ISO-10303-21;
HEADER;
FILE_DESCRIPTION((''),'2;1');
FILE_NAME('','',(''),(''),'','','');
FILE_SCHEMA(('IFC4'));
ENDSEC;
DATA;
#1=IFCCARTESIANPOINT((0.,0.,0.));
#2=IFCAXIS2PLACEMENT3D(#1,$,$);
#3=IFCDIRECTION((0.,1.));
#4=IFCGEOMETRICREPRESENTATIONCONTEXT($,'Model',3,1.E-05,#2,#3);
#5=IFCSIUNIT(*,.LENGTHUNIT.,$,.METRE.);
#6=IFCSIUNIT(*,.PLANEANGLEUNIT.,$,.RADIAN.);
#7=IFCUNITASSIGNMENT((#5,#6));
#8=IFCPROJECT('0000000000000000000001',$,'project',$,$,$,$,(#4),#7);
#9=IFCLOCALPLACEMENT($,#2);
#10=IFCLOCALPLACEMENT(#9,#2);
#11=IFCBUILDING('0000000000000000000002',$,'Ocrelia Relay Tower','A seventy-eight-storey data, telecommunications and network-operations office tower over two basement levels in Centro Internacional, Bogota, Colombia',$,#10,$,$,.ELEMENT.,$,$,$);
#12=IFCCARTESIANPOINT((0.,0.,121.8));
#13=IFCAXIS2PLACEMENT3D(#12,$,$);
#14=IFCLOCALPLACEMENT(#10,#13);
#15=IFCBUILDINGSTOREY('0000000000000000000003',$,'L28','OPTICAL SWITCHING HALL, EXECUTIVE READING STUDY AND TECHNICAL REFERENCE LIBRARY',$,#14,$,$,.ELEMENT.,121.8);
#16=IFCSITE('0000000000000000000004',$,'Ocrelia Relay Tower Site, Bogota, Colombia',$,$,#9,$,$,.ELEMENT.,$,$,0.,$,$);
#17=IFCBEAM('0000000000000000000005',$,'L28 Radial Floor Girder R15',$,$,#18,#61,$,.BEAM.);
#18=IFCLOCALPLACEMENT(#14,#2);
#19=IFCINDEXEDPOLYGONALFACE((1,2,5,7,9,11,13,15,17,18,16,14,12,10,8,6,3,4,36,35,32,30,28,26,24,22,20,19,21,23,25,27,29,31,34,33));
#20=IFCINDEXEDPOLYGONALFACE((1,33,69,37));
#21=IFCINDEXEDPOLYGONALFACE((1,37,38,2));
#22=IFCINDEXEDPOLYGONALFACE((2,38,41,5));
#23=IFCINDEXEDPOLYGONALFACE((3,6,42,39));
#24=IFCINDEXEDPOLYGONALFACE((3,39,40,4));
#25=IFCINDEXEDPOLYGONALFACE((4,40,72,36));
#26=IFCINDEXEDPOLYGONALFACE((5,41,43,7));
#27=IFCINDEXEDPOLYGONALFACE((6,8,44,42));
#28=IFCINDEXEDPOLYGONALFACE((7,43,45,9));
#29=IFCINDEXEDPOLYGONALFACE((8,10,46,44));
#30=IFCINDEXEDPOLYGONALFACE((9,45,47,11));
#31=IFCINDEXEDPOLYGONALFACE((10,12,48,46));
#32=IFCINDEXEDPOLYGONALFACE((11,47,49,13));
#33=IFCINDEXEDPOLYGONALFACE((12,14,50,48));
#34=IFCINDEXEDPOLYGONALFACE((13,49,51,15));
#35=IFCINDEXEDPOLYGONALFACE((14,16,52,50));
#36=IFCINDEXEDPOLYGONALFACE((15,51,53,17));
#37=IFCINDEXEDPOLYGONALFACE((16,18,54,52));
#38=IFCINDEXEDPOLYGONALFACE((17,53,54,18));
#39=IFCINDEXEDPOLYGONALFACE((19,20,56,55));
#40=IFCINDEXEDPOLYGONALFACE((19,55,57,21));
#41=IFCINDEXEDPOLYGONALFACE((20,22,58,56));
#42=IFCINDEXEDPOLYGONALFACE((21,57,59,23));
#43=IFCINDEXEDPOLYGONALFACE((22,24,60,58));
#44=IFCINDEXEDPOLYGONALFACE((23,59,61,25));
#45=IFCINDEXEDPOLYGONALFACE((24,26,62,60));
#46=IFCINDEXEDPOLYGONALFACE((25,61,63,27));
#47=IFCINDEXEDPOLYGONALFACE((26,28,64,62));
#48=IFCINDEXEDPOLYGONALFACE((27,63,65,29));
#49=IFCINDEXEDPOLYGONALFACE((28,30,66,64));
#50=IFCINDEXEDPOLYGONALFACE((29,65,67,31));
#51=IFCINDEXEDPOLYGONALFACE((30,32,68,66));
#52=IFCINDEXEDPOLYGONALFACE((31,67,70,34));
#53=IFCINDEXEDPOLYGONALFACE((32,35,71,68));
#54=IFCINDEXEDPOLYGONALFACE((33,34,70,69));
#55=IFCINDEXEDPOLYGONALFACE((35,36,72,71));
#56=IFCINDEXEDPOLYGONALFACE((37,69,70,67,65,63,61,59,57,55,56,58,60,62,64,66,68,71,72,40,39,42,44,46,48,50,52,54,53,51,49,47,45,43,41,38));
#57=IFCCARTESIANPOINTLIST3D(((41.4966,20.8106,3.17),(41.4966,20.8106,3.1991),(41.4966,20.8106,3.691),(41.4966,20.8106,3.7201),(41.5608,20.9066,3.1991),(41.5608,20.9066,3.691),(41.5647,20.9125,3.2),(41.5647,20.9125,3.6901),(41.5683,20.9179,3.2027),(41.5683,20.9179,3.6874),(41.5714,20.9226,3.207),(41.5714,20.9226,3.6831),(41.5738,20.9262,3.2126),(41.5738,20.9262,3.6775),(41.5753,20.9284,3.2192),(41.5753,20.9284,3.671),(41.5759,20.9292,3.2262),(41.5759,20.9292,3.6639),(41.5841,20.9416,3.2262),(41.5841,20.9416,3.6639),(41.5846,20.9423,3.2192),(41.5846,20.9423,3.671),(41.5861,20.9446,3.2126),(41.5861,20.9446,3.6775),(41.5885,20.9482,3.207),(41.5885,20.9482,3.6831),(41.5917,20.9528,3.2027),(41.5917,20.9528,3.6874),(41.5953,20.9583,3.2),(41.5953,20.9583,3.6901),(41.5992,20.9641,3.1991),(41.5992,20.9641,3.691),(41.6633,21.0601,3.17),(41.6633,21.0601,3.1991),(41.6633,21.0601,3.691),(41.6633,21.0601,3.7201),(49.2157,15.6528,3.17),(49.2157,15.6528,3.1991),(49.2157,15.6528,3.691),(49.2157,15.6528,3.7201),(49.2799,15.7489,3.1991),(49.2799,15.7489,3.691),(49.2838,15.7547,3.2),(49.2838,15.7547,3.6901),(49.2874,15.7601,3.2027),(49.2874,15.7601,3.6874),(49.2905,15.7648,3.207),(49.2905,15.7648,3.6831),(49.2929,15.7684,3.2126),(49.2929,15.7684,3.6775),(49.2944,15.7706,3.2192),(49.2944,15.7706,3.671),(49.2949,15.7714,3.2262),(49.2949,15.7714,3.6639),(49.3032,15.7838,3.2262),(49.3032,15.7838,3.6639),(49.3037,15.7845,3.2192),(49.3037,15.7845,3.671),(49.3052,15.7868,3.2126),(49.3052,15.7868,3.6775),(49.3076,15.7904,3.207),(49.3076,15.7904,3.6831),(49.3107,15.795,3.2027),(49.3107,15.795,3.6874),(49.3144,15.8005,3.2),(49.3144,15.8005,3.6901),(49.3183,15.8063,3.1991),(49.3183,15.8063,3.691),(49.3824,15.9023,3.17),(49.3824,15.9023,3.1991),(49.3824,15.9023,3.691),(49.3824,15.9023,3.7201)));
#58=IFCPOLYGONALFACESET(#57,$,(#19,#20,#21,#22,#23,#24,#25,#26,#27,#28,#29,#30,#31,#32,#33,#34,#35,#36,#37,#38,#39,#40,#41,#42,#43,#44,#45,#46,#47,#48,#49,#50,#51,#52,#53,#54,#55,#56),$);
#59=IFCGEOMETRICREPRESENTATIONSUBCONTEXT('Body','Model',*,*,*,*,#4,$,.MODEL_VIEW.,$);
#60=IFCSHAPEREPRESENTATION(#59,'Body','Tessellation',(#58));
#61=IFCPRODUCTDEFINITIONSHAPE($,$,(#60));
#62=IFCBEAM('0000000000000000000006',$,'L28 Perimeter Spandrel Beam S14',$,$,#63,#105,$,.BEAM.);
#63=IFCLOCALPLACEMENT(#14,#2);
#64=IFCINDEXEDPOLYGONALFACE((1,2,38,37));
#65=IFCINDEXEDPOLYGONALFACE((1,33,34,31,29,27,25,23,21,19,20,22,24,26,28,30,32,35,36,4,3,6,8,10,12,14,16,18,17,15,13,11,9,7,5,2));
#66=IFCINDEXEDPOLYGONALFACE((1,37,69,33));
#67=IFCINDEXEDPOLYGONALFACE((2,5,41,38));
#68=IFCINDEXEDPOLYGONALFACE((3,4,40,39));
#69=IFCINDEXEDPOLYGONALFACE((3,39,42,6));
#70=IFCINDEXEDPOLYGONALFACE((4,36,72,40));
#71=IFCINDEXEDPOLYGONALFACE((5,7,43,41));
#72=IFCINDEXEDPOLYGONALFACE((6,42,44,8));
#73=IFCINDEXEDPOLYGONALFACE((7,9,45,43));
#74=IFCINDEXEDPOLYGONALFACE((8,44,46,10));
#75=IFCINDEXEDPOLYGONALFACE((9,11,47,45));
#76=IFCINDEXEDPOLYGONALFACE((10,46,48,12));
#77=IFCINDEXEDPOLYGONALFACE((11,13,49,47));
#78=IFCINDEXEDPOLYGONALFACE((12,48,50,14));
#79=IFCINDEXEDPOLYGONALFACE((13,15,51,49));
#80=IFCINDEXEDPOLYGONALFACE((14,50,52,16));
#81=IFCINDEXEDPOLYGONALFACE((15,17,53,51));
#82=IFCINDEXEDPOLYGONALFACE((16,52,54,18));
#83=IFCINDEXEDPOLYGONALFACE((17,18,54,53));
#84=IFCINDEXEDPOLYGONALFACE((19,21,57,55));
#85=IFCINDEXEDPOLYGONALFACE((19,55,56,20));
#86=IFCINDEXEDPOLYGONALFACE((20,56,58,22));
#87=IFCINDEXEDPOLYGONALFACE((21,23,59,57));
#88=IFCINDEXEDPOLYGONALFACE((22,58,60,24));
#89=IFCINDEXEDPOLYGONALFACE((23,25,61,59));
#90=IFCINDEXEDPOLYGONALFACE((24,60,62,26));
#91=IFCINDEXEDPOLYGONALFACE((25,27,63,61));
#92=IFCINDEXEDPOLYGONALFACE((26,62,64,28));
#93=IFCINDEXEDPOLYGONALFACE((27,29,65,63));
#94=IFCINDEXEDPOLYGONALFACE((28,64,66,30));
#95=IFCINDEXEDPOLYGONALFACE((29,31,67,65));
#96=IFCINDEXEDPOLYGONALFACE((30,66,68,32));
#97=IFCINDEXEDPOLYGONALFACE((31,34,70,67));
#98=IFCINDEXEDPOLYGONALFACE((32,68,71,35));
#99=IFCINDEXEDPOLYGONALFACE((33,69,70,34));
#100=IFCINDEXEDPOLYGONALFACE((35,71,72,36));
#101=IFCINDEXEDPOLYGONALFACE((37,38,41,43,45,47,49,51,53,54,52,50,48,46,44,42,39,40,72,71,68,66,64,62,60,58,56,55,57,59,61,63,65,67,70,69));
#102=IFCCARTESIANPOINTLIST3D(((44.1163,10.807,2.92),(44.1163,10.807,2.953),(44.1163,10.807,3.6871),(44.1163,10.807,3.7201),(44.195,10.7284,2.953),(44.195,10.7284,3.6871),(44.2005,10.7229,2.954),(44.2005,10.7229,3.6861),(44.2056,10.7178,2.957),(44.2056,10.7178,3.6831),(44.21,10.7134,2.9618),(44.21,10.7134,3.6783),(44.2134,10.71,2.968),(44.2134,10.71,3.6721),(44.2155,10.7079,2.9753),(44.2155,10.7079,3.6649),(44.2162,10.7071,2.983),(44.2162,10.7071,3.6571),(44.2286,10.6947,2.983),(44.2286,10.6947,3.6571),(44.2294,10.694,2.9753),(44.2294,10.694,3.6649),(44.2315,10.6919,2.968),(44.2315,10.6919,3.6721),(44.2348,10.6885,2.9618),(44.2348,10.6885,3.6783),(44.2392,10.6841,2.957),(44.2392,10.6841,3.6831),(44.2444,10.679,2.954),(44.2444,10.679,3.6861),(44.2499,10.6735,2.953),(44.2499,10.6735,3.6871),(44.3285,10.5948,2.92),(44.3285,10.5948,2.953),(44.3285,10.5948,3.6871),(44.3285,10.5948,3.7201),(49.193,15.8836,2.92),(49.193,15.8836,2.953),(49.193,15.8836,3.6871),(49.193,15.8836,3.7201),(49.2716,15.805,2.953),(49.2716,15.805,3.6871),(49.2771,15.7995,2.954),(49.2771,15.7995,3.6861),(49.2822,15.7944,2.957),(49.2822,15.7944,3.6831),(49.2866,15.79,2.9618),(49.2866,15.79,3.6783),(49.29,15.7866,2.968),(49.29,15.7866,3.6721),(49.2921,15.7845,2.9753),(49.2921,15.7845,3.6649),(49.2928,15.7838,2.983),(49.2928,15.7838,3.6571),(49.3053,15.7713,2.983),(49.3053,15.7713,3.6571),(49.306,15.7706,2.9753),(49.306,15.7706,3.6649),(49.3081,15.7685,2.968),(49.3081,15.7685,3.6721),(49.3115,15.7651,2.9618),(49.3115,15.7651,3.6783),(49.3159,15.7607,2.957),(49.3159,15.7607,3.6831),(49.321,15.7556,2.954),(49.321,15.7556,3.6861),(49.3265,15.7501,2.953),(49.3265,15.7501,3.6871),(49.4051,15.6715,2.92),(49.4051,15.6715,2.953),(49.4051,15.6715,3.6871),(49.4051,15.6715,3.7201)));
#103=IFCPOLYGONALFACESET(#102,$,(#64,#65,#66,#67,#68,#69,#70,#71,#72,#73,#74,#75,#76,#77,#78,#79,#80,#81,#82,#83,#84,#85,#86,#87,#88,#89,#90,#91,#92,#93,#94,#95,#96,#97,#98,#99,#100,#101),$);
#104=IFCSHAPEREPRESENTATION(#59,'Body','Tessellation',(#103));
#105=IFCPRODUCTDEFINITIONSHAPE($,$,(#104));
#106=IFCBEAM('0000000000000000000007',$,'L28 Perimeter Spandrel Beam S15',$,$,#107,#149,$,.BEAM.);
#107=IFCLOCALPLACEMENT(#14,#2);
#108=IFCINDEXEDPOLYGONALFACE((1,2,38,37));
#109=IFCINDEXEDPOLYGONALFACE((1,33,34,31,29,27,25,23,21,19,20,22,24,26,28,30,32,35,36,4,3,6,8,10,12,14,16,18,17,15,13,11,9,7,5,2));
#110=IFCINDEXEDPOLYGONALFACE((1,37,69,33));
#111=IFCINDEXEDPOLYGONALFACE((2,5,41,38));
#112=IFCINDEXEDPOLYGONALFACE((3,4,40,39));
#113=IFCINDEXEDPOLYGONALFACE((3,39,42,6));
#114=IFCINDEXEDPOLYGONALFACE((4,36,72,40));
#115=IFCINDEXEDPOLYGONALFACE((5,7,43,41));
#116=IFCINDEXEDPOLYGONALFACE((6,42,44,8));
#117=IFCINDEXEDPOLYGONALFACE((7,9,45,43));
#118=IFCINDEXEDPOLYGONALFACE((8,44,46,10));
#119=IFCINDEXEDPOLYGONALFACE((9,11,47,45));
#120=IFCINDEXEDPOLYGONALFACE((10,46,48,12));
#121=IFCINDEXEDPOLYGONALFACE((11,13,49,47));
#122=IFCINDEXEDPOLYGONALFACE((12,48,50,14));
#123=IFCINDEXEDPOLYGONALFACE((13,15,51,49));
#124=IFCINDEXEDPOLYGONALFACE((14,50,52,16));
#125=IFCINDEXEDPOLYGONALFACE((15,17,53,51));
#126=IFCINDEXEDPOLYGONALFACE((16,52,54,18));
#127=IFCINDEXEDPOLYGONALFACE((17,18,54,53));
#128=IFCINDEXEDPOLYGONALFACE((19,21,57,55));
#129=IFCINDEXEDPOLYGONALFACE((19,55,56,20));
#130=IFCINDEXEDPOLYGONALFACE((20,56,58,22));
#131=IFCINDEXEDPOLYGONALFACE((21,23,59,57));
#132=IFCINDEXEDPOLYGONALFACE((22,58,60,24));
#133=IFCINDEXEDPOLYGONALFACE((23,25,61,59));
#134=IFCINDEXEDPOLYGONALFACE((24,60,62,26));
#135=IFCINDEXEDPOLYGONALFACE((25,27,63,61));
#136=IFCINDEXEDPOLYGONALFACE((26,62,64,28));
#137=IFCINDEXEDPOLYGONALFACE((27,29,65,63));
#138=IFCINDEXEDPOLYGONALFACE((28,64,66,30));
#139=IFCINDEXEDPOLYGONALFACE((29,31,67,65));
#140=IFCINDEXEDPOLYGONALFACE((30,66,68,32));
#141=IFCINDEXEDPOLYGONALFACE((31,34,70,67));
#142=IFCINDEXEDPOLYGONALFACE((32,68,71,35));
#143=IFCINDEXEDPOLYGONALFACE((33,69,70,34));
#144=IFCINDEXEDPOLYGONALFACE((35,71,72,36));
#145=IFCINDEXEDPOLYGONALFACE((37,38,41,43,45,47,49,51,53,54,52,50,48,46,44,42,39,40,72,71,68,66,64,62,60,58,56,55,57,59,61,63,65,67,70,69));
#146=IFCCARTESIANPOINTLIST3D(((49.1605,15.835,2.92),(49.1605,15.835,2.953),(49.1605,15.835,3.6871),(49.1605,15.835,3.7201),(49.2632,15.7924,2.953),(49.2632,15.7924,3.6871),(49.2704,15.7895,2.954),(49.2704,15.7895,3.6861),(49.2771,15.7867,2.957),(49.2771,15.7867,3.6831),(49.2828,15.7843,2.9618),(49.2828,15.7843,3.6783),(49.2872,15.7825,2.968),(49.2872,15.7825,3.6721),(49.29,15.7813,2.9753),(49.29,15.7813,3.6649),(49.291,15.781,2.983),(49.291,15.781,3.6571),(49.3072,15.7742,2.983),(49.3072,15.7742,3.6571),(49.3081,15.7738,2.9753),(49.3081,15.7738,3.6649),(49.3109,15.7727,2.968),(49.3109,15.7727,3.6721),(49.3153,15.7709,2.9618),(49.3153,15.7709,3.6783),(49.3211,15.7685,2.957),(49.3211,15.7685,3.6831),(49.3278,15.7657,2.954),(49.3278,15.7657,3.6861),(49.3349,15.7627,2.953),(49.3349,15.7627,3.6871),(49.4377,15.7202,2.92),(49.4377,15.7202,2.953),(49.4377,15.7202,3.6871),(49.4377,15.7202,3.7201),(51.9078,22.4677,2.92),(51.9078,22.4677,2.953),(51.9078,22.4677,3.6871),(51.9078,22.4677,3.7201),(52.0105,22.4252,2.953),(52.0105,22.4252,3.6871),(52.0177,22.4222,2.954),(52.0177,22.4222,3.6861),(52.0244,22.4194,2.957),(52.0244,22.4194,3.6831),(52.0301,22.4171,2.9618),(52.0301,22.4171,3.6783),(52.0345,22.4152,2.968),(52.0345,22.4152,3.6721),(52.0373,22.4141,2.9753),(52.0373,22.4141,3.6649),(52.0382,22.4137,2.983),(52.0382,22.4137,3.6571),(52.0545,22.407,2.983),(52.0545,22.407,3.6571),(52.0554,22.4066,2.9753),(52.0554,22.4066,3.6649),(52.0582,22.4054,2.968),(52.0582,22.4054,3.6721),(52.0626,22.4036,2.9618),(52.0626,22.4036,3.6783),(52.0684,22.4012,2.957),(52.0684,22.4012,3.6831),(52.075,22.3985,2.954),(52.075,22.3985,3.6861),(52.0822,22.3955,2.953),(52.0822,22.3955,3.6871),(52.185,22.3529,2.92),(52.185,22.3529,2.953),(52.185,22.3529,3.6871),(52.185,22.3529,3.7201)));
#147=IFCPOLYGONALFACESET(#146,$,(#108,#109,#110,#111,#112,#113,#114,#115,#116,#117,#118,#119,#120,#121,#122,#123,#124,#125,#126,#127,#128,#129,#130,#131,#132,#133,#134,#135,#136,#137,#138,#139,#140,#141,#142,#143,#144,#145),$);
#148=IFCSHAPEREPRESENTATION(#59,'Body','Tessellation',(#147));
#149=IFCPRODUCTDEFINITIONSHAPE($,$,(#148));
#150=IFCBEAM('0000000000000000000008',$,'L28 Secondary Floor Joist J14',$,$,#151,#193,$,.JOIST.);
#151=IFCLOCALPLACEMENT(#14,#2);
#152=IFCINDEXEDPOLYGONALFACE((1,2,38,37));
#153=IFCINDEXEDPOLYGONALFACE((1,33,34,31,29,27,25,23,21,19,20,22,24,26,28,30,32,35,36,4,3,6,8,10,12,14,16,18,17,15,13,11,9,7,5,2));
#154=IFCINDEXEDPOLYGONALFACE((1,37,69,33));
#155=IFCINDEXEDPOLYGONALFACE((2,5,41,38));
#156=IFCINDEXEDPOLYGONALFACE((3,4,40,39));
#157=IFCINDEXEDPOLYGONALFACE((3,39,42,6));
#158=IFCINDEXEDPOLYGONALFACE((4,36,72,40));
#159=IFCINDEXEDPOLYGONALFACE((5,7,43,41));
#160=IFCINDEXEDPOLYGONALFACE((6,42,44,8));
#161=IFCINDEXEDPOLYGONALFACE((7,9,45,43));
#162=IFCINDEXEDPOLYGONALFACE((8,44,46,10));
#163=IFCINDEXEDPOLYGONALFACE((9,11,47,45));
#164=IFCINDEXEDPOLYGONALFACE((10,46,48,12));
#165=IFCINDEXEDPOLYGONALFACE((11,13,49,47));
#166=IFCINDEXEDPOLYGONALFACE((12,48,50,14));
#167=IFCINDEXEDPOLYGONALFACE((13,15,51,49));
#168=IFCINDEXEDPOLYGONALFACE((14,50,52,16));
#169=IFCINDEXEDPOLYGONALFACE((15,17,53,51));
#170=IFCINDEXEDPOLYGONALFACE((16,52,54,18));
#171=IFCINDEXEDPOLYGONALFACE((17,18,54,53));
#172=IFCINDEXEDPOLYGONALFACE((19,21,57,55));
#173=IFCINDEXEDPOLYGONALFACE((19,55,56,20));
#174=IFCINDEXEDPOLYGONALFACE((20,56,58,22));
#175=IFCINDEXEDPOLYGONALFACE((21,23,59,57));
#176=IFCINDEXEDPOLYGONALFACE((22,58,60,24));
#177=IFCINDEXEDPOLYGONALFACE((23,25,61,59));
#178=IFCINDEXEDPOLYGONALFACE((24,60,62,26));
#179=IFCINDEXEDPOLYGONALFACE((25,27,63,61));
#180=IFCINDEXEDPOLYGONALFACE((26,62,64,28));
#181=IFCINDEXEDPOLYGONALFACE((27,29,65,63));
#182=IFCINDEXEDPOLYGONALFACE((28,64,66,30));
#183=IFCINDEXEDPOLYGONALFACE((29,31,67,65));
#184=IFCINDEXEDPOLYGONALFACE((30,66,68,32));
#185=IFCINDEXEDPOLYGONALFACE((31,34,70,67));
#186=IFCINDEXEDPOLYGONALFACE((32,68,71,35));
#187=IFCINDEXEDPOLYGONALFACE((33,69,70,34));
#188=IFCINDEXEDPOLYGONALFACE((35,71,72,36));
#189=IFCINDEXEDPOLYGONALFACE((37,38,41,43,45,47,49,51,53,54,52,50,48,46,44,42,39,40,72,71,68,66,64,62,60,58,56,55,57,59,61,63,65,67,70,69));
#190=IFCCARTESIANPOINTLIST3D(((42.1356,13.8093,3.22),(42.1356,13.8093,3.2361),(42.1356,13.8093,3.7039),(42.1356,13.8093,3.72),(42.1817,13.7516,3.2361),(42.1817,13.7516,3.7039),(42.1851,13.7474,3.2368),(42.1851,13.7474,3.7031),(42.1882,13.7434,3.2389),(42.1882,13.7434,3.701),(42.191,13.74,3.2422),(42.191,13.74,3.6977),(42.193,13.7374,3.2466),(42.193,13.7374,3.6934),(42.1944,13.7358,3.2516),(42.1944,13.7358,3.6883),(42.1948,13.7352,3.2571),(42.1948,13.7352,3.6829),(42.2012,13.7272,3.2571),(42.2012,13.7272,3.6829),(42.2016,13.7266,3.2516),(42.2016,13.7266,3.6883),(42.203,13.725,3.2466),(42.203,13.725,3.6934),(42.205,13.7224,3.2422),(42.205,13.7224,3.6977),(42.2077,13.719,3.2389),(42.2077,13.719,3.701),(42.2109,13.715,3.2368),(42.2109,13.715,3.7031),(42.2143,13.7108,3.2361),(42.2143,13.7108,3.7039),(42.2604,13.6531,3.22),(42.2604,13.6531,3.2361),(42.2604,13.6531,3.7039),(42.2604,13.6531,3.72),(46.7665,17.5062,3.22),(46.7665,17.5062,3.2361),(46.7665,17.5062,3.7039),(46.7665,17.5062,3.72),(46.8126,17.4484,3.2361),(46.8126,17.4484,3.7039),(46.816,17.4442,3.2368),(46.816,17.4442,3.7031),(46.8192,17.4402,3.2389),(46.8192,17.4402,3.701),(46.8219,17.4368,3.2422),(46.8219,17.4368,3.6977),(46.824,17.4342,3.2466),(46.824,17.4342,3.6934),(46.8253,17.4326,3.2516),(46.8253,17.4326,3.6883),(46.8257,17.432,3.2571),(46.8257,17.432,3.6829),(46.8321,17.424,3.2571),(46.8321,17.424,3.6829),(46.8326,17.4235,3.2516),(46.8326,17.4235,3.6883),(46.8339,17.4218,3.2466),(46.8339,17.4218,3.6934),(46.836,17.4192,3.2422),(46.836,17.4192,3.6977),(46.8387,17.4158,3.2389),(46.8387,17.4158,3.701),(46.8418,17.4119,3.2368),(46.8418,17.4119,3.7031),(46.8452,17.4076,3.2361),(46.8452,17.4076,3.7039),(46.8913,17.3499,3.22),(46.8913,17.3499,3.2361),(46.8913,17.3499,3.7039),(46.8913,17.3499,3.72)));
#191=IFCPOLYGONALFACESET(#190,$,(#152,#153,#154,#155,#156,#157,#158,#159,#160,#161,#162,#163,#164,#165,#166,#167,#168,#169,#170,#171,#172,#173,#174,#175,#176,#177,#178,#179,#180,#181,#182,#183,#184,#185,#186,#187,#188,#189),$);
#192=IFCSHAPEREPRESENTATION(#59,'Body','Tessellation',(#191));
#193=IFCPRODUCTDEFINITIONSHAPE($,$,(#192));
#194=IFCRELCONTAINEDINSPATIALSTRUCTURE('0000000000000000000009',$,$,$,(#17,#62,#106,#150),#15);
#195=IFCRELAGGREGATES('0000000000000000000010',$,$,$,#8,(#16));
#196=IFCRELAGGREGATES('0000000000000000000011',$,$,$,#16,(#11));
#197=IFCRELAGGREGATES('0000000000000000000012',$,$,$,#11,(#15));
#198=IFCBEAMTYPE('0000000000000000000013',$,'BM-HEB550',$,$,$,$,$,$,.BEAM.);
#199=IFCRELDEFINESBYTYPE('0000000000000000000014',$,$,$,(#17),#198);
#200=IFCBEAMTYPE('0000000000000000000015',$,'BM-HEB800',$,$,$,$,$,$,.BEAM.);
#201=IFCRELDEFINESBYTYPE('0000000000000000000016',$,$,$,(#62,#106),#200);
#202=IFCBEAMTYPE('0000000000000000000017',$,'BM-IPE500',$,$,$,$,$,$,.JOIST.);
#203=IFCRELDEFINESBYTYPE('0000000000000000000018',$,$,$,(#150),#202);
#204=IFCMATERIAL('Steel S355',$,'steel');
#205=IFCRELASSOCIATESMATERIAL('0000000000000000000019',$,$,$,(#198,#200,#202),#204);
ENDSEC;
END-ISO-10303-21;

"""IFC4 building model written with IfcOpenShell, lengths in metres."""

from ifc_helpers import new_model, si_unit, direction, frame, origin, origin_2d, place, context, subcontext, project, spatial, i_section, extrude, material, material_profile, profile_set, type_object, element, save


model = new_model("IFC4")

# Units and contexts
model_context = context("Model", 3, precision=1e-05, world=origin(), true_north=direction((0.0, 1.0)))
body_context = subcontext(model_context, "Body", "Model", "MODEL_VIEW")
ifc_project = project(units=[si_unit("LENGTHUNIT", "METRE"), si_unit("PLANEANGLEUNIT", "RADIAN")], contexts=[model_context])

# Site, building, storey
site_placement = place(None, origin())
site = spatial("IfcSite", under=ifc_project, at=site_placement, Name="Ocrelia Relay Tower Site, Bogota, Colombia", CompositionType="ELEMENT", RefElevation=0.0)
building_placement = place(site_placement, origin())
building = spatial("IfcBuilding", under=site, at=building_placement, Name="Ocrelia Relay Tower", Description="A seventy-eight-storey data, telecommunications and network-operations office tower over two basement levels in Centro Internacional, Bogota, Colombia", CompositionType="ELEMENT")
storey_placement = place(building_placement, frame((0.0, 0.0, 121.8)))
storey = spatial("IfcBuildingStorey", under=building, at=storey_placement, Name="L28", Description="OPTICAL SWITCHING HALL, EXECUTIVE READING STUDY AND TECHNICAL REFERENCE LIBRARY", CompositionType="ELEMENT", Elevation=121.8)

# Beams
ifc_material_1 = material(Name="Steel S355", Category="steel")
ifc_material_profile_1 = material_profile(ifc_material_1, i_section(OverallWidth=0.3, OverallDepth=0.55, WebThickness=0.0149, FlangeThickness=0.0291, FilletRadius=0.0271, at=origin_2d()), Name="HEB 550")
ifc_profile_set_1 = profile_set([ifc_material_profile_1], Name="Steel S355")
beam_type_1 = type_object("IfcBeamType", Name="BM-HEB550", PredefinedType="BEAM", material=ifc_profile_set_1)
beam_1_placement = place(storey_placement, frame((49.2991, 15.7776, 3.4451), z_axis=(-0.831467, 0.555574, 0.0), x_axis=(-0.555574, -0.831467, 0.0)))
element("IfcBeam", 1, at=beam_1_placement, inside=storey, type_object=beam_type_1, Name="L28 Radial Floor Girder R15", PredefinedType="BEAM", context=body_context, shape_type="SweptSolid", body=[
    extrude(i_section(OverallWidth=0.3, OverallDepth=0.55, WebThickness=0.0149, FlangeThickness=0.0291, FilletRadius=0.0271, at=origin_2d()), origin(), (0.0, 0.0, 1.0), 9.2837),
])
ifc_material_profile_2 = material_profile(ifc_material_1, i_section(OverallWidth=0.3, OverallDepth=0.8, WebThickness=0.0176, FlangeThickness=0.033, FilletRadius=0.03, at=origin_2d()), Name="HEB 800")
ifc_profile_set_2 = profile_set([ifc_material_profile_2], Name="Steel S355")
beam_type_2 = type_object("IfcBeamType", Name="BM-HEB800", PredefinedType="BEAM", material=ifc_profile_set_2)
beam_2_placement = place(storey_placement, frame((44.2224, 10.7009, 3.3201), z_axis=(0.707107, 0.707107, 0.0), x_axis=(-0.707107, 0.707107, 0.0)))
element("IfcBeam", 2, at=beam_2_placement, inside=storey, type_object=beam_type_2, Name="L28 Perimeter Spandrel Beam S14", PredefinedType="BEAM", context=body_context, shape_type="SweptSolid", body=[
    extrude(i_section(OverallWidth=0.3, OverallDepth=0.8, WebThickness=0.0176, FlangeThickness=0.033, FilletRadius=0.03, at=origin_2d()), origin(), (0.0, 0.0, 1.0), 7.1794),
])
beam_3_placement = place(storey_placement, frame((49.2991, 15.7776, 3.3201), z_axis=(0.382673, 0.923884, 0.0), x_axis=(-0.923884, 0.382673, 0.0)))
element("IfcBeam", 3, at=beam_3_placement, inside=storey, type_object=beam_type_2, Name="L28 Perimeter Spandrel Beam S15", PredefinedType="BEAM", context=body_context, shape_type="SweptSolid", body=[
    extrude(i_section(OverallWidth=0.3, OverallDepth=0.8, WebThickness=0.0176, FlangeThickness=0.033, FilletRadius=0.03, at=origin_2d()), origin(), (0.0, 0.0, 1.0), 7.1792),
])
ifc_material_profile_3 = material_profile(ifc_material_1, i_section(OverallWidth=0.2, OverallDepth=0.5, WebThickness=0.0103, FlangeThickness=0.0161, FilletRadius=0.021, at=origin_2d()), Name="IPE 500")
ifc_profile_set_3 = profile_set([ifc_material_profile_3], Name="Steel S355")
beam_type_3 = type_object("IfcBeamType", Name="BM-IPE500", PredefinedType="JOIST", material=ifc_profile_set_3)
beam_4_placement = place(storey_placement, frame((42.198, 13.7312, 3.47), z_axis=(0.78152, 0.623881, 0.0), x_axis=(-0.623881, 0.78152, 0.0)))
element("IfcBeam", 4, at=beam_4_placement, inside=storey, type_object=beam_type_3, Name="L28 Secondary Floor Joist J14", PredefinedType="JOIST", context=body_context, shape_type="SweptSolid", body=[
    extrude(i_section(OverallWidth=0.2, OverallDepth=0.5, WebThickness=0.0103, FlangeThickness=0.0161, FilletRadius=0.021, at=origin_2d()), origin(), (0.0, 0.0, 1.0), 5.9255),
])

save(model, "model.ifc")
